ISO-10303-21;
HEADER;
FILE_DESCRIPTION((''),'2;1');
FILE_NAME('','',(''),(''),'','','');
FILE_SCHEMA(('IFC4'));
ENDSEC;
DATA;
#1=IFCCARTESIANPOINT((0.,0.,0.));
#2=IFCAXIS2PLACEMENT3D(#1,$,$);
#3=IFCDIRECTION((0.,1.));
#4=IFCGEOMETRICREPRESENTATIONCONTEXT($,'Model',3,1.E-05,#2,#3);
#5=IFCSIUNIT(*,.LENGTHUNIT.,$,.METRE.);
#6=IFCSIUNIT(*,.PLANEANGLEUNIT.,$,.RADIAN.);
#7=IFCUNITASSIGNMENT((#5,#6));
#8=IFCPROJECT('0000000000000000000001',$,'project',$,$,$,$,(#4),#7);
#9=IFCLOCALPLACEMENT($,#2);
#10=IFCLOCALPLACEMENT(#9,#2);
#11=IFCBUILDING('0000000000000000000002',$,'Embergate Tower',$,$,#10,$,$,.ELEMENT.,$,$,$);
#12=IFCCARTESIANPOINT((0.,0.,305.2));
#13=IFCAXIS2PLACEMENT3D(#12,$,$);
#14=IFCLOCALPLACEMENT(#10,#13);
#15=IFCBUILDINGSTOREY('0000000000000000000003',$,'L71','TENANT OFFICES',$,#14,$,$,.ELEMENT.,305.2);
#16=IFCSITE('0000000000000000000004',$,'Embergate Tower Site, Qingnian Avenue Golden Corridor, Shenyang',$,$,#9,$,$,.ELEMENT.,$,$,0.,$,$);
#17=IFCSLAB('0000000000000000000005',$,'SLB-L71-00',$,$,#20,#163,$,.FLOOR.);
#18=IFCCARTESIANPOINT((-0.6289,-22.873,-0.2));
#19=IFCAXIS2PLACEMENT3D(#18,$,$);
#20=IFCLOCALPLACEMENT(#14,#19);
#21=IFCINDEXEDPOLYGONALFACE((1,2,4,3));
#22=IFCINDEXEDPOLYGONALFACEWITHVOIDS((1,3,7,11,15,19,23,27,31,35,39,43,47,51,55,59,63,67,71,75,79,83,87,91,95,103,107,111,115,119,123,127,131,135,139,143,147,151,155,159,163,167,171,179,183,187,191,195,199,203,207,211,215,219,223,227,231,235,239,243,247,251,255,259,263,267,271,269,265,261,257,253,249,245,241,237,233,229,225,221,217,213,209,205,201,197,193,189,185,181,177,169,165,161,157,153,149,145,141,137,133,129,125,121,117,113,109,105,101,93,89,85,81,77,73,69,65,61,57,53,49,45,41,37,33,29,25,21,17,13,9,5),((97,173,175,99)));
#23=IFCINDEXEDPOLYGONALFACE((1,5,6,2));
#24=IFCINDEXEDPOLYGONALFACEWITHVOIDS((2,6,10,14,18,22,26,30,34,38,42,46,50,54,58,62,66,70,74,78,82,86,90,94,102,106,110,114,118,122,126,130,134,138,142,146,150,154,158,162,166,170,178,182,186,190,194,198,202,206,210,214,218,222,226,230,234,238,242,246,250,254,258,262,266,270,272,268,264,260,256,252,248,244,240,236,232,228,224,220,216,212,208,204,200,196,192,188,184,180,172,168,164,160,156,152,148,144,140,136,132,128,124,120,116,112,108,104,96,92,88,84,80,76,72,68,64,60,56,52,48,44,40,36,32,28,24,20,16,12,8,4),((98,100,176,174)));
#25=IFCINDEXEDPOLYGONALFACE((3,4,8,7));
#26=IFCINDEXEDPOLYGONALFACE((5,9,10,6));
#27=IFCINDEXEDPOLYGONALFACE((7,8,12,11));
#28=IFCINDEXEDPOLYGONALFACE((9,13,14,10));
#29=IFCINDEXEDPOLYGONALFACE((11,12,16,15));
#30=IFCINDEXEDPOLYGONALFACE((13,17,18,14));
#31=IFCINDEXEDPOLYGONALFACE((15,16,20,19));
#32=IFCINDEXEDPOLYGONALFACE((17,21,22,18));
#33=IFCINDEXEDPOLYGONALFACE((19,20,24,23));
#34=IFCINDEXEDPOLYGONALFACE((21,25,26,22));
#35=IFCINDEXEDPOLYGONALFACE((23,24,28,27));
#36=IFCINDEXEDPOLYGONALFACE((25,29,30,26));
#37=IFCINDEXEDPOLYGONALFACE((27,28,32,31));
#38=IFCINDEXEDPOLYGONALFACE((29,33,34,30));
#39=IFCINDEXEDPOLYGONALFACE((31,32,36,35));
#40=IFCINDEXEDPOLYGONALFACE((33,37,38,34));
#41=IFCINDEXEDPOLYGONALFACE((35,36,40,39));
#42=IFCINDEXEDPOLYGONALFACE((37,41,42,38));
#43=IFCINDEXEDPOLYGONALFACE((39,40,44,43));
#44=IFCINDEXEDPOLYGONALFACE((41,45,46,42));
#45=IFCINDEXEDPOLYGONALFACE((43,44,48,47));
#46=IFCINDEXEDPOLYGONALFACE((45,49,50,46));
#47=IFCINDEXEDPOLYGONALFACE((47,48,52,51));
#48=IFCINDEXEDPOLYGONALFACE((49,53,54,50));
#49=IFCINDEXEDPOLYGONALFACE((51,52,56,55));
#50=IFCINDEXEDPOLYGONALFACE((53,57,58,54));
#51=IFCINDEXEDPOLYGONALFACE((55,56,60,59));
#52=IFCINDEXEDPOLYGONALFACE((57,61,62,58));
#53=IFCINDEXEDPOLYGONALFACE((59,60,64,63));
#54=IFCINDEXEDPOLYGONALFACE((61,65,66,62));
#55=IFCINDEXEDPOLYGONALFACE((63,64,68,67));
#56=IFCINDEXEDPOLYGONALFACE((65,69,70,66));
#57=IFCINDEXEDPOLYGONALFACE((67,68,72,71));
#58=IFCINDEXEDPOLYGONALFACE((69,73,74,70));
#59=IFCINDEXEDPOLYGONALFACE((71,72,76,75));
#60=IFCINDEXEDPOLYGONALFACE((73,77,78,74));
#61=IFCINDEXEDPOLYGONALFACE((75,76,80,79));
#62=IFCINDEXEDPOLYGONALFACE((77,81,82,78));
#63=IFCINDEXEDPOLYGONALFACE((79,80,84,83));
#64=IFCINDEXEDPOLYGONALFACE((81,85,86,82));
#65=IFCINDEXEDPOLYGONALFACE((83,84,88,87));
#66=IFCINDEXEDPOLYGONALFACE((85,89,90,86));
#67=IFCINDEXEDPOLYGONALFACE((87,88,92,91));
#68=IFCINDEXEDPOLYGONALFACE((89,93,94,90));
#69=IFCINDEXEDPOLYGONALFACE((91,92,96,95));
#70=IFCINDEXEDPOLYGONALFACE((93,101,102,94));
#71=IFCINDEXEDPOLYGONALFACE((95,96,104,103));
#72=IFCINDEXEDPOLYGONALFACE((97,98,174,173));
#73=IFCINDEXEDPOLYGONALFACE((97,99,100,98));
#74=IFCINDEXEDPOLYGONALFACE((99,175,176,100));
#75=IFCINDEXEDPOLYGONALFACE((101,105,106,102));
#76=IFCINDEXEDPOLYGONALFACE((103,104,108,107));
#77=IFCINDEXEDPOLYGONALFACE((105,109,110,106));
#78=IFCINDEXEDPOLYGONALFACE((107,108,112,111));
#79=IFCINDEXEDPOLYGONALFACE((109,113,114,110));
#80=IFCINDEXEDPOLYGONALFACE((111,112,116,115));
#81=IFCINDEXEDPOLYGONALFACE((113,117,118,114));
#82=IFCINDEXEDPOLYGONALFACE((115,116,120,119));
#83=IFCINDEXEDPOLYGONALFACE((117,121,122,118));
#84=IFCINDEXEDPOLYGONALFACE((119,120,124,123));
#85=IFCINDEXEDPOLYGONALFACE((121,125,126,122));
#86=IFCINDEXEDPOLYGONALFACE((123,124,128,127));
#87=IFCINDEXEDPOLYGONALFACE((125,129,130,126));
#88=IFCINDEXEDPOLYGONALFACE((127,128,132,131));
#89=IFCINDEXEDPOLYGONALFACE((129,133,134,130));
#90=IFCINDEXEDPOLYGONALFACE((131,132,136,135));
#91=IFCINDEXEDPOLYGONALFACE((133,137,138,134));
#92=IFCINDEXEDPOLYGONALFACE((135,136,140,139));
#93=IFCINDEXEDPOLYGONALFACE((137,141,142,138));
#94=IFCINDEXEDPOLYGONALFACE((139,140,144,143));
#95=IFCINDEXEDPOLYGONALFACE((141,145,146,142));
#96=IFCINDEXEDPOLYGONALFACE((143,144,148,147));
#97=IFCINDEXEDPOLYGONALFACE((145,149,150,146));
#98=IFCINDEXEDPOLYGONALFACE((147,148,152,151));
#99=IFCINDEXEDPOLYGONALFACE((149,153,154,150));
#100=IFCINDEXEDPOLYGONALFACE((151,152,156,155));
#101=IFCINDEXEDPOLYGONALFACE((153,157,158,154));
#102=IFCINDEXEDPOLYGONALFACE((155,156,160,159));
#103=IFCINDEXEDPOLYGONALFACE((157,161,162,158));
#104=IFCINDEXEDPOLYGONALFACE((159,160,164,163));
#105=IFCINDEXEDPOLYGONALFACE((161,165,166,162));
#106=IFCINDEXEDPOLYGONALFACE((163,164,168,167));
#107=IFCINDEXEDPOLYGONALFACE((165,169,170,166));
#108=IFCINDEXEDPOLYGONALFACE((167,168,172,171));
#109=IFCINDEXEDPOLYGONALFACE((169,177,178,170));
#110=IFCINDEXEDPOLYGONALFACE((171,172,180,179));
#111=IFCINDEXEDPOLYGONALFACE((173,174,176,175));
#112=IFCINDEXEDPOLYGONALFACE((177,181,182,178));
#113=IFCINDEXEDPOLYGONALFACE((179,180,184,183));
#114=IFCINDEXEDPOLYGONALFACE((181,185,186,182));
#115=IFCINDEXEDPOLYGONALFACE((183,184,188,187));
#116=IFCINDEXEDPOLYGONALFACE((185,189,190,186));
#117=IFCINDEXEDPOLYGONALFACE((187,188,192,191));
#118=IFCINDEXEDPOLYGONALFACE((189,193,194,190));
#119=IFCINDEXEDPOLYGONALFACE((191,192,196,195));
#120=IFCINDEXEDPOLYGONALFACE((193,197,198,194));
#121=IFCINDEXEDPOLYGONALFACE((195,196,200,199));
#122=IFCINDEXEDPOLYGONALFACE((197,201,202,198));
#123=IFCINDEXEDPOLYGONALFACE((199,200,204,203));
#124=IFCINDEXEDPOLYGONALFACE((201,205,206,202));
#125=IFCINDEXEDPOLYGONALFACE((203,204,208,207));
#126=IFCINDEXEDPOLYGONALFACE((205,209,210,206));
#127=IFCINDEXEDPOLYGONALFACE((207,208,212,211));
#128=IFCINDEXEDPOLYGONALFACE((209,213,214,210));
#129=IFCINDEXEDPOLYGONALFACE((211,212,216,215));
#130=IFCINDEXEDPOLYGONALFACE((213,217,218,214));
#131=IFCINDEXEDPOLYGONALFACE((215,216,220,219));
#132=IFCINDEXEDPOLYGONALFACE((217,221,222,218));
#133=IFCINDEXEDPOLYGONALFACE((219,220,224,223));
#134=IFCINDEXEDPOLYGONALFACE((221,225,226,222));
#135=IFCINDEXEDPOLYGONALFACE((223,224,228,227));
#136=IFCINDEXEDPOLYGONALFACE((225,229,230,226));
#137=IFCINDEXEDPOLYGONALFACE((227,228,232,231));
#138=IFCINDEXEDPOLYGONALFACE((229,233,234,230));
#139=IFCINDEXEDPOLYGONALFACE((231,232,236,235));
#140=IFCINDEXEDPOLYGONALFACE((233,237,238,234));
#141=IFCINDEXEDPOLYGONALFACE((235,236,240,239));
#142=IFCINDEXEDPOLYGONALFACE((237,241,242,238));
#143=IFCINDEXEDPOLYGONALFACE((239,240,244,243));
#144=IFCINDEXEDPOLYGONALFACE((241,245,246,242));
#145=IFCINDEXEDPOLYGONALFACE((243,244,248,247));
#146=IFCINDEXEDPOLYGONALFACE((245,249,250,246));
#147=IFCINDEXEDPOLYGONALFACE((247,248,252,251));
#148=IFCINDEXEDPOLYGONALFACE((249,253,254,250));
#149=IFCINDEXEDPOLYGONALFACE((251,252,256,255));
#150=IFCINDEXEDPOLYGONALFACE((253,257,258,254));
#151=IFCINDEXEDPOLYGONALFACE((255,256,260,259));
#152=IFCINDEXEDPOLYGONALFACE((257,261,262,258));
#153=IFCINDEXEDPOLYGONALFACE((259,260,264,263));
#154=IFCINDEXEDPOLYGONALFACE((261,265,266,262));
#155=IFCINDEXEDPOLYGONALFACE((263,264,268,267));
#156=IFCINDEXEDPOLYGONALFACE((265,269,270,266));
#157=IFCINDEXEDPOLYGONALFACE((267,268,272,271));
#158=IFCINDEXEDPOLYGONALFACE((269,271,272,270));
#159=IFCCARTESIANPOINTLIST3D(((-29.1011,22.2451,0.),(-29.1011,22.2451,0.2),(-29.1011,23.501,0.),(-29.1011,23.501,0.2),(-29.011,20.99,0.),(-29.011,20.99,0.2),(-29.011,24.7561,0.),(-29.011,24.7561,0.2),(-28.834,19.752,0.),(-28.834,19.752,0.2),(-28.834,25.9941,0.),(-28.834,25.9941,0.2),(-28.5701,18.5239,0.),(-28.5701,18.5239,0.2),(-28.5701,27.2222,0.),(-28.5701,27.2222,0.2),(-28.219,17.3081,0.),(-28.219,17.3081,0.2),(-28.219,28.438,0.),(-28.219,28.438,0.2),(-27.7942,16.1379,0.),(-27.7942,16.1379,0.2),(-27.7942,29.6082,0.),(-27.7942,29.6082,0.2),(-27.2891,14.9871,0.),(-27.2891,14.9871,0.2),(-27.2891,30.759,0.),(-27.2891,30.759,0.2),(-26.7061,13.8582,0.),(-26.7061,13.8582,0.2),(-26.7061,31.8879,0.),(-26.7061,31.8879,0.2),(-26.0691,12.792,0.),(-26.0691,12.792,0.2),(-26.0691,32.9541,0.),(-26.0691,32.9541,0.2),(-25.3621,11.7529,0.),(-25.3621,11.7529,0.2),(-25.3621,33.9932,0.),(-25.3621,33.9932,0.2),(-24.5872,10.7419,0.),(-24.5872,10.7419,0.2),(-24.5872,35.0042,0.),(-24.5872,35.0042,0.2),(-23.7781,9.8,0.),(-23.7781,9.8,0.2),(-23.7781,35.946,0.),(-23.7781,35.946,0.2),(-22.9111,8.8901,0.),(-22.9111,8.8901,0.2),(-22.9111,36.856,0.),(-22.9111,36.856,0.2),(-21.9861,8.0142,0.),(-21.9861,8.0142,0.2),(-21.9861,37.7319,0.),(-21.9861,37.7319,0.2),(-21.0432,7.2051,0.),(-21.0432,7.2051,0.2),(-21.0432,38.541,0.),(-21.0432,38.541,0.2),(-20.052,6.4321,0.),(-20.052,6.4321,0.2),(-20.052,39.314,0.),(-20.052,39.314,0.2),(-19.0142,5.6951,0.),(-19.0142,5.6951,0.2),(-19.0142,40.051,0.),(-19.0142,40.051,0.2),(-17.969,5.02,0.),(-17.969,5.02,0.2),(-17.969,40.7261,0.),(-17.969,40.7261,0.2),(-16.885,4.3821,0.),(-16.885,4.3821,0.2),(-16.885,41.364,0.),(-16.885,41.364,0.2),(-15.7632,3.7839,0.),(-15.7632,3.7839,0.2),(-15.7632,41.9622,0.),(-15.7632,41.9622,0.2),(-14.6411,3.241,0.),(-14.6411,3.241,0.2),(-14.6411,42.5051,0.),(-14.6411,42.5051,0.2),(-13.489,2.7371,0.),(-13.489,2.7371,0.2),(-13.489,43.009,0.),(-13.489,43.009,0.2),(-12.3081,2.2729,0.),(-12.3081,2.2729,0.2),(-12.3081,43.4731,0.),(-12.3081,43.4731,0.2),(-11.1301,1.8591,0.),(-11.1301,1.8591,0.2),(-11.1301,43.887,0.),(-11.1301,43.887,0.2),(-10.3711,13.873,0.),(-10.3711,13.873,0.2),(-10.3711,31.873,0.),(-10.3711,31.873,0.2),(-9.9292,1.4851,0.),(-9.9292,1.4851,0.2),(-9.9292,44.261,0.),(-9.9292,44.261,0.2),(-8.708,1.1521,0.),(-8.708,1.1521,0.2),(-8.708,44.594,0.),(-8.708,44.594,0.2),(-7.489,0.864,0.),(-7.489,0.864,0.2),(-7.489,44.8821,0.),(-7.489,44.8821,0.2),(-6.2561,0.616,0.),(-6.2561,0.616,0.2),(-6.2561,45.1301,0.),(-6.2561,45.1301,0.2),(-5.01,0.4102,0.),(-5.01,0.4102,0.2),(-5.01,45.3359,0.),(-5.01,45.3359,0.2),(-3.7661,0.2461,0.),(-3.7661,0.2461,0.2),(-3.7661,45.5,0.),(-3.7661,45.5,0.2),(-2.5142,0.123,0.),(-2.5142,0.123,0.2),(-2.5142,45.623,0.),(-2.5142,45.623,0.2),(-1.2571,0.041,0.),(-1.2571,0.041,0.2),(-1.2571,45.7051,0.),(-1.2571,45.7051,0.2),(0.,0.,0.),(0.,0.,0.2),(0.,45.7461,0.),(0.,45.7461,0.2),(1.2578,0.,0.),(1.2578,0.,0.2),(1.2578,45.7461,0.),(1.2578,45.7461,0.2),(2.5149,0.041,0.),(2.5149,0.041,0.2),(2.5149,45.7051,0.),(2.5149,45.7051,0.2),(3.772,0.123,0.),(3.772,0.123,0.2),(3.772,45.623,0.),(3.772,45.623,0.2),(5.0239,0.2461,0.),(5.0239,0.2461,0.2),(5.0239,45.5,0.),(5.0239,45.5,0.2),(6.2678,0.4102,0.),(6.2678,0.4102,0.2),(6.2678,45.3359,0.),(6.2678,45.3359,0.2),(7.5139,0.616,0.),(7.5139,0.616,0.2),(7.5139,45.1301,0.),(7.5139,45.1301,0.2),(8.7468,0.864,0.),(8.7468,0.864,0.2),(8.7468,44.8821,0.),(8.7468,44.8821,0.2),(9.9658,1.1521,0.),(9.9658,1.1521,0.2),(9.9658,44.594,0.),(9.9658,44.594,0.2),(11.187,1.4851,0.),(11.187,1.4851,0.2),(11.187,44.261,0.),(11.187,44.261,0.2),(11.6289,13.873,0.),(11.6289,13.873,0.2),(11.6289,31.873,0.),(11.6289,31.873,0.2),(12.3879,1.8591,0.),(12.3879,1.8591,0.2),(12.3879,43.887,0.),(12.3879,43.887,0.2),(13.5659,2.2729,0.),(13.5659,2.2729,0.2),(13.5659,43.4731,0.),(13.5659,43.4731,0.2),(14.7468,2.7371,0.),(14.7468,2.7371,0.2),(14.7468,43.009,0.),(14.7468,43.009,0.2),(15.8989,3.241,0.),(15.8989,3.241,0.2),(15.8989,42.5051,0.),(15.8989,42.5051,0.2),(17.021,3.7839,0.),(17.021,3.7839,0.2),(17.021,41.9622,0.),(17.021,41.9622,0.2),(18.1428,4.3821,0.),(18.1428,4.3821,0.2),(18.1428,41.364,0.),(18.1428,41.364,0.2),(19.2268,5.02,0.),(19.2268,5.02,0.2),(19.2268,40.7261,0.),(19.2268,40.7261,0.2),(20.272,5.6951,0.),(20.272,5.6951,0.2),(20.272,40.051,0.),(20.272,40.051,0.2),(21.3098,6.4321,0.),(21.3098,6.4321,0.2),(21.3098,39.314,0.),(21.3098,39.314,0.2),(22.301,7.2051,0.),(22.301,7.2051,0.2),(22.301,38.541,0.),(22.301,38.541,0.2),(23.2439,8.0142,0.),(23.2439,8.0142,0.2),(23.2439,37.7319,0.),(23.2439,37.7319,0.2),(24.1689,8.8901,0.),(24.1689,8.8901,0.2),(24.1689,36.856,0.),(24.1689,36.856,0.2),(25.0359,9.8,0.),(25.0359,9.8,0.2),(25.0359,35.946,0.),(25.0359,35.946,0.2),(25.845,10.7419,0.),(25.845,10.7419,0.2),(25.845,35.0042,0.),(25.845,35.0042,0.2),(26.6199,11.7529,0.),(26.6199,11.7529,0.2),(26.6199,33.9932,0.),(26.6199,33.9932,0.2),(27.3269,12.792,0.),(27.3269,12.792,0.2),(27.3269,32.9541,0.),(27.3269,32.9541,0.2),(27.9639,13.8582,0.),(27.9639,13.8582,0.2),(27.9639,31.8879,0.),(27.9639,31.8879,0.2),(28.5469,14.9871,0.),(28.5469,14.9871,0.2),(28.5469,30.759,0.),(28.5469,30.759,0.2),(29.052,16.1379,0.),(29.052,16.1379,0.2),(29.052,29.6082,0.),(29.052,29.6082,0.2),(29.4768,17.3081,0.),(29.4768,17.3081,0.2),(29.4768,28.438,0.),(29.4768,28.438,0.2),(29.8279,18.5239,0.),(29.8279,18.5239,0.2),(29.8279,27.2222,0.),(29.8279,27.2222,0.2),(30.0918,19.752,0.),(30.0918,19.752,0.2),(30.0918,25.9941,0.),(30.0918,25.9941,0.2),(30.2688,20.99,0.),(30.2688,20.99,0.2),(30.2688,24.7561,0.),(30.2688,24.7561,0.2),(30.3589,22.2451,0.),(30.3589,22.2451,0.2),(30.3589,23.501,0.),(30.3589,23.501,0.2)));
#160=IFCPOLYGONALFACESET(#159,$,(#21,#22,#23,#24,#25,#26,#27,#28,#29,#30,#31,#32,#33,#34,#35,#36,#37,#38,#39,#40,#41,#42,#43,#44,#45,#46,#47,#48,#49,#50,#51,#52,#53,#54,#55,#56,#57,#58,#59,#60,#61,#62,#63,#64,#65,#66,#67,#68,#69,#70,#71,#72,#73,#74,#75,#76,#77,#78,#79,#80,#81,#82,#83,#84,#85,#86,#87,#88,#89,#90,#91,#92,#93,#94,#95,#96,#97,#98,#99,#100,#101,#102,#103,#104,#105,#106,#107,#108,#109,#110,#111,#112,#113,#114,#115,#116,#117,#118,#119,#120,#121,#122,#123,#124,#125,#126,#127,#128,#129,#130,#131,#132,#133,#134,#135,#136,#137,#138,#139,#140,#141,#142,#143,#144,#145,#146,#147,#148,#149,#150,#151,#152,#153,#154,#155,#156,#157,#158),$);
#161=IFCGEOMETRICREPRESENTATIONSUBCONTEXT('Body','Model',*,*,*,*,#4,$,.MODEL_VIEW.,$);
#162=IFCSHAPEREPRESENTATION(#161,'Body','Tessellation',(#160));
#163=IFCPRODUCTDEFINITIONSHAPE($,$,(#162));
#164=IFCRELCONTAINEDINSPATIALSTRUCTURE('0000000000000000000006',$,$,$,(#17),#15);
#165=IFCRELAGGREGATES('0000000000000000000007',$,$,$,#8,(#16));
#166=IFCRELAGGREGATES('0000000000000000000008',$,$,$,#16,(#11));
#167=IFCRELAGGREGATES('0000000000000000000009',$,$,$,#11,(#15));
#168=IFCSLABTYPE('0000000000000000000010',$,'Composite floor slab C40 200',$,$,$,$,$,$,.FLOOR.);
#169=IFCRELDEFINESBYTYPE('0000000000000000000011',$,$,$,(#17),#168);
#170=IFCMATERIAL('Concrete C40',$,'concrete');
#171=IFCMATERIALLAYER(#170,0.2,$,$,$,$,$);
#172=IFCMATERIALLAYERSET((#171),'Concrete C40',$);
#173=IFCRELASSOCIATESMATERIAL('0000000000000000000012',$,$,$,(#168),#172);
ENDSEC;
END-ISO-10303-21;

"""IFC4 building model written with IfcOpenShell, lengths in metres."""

from ifc_helpers import new_model, si_unit, direction, frame, origin, place, context, subcontext, project, spatial, polyline, outline, extrude, source, transform, mapped, material, layer, layer_set, type_object, element, save


model = new_model("IFC4")

# Units and contexts
model_context = context("Model", 3, precision=1e-05, world=origin(), true_north=direction((0.0, 1.0)))
body_context = subcontext(model_context, "Body", "Model", "MODEL_VIEW")
ifc_project = project(units=[si_unit("LENGTHUNIT", "METRE"), si_unit("PLANEANGLEUNIT", "RADIAN")], contexts=[model_context])

# Site, building, storey
site_placement = place(None, origin())
site = spatial("IfcSite", under=ifc_project, at=site_placement, Name="Embergate Tower Site, Qingnian Avenue Golden Corridor, Shenyang", CompositionType="ELEMENT", RefElevation=0.0)
building_placement = place(site_placement, origin())
building = spatial("IfcBuilding", under=site, at=building_placement, Name="Embergate Tower", CompositionType="ELEMENT")
storey_placement = place(building_placement, frame((0.0, 0.0, 305.2)))
storey = spatial("IfcBuildingStorey", under=building, at=storey_placement, Name="L71", Description="TENANT OFFICES", CompositionType="ELEMENT", Elevation=305.2)

# Slab
ifc_material_1 = material(Name="Concrete C40", Category="concrete")
ifc_layer_1 = layer(ifc_material_1, 0.2)
ifc_layer_set_1 = layer_set([ifc_layer_1], Name="Concrete C40")
slab_type = type_object("IfcSlabType", Name="Composite floor slab C40 200", PredefinedType="FLOOR", material=ifc_layer_set_1)
shared_shape_1 = source(origin(), body_context, "Body", "SweptSolid", [
    extrude(outline(polyline([(0.0, 0.0), (1.2578, 0.0), (2.5149, 0.041), (3.772, 0.123), (5.0239, 0.2461), (6.2678, 0.4102), (7.5139, 0.616), (8.7468, 0.864), (9.9658, 1.1521), (11.187, 1.4851), (12.3879, 1.8591), (13.5659, 2.2729), (14.7468, 2.7371), (15.8989, 3.241), (17.021, 3.7839), (18.1428, 4.3821), (19.2268, 5.02), (20.272, 5.6951), (21.3098, 6.4321), (22.301, 7.2051), (23.2439, 8.0142), (24.1689, 8.8901), (25.0359, 9.8), (25.845, 10.7419), (26.6199, 11.7529), (27.3269, 12.792), (27.9639, 13.8582), (28.5469, 14.9871), (29.052, 16.1379), (29.4768, 17.3081), (29.8279, 18.5239), (30.0918, 19.752), (30.2688, 20.99), (30.3589, 22.2451), (30.3589, 23.501), (30.2688, 24.7561), (30.0918, 25.9941), (29.8279, 27.2222), (29.4768, 28.438), (29.052, 29.6082), (28.5469, 30.759), (27.9639, 31.8879), (27.3269, 32.9541), (26.6199, 33.9932), (25.845, 35.0042), (25.0359, 35.946), (24.1689, 36.856), (23.2439, 37.7319), (22.301, 38.541), (21.3098, 39.314), (20.272, 40.051), (19.2268, 40.7261), (18.1428, 41.364), (17.021, 41.9622), (15.8989, 42.5051), (14.7468, 43.009), (13.5659, 43.4731), (12.3879, 43.887), (11.187, 44.261), (9.9658, 44.594), (8.7468, 44.8821), (7.5139, 45.1301), (6.2678, 45.3359), (5.0239, 45.5), (3.772, 45.623), (2.5149, 45.7051), (1.2578, 45.7461), (0.0, 45.7461), (-1.2571, 45.7051), (-2.5142, 45.623), (-3.7661, 45.5), (-5.01, 45.3359), (-6.2561, 45.1301), (-7.489, 44.8821), (-8.708, 44.594), (-9.9292, 44.261), (-11.1301, 43.887), (-12.3081, 43.4731), (-13.489, 43.009), (-14.6411, 42.5051), (-15.7632, 41.9622), (-16.885, 41.364), (-17.969, 40.7261), (-19.0142, 40.051), (-20.052, 39.314), (-21.0432, 38.541), (-21.9861, 37.7319), (-22.9111, 36.856), (-23.7781, 35.946), (-24.5872, 35.0042), (-25.3621, 33.9932), (-26.0691, 32.9541), (-26.7061, 31.8879), (-27.2891, 30.759), (-27.7942, 29.6082), (-28.219, 28.438), (-28.5701, 27.2222), (-28.834, 25.9941), (-29.011, 24.7561), (-29.1011, 23.501), (-29.1011, 22.2451), (-29.011, 20.99), (-28.834, 19.752), (-28.5701, 18.5239), (-28.219, 17.3081), (-27.7942, 16.1379), (-27.2891, 14.9871), (-26.7061, 13.8582), (-26.0691, 12.792), (-25.3621, 11.7529), (-24.5872, 10.7419), (-23.7781, 9.8), (-22.9111, 8.8901), (-21.9861, 8.0142), (-21.0432, 7.2051), (-20.052, 6.4321), (-19.0142, 5.6951), (-17.969, 5.02), (-16.885, 4.3821), (-15.7632, 3.7839), (-14.6411, 3.241), (-13.489, 2.7371), (-12.3081, 2.2729), (-11.1301, 1.8591), (-9.9292, 1.4851), (-8.708, 1.1521), (-7.489, 0.864), (-6.2561, 0.616), (-5.01, 0.4102), (-3.7661, 0.2461), (-2.5142, 0.123), (-1.2571, 0.041), (0.0, 0.0)]), holes=[polyline([(-10.3711, 13.873), (-10.3711, 31.873), (11.6289, 31.873), (11.6289, 13.873), (-10.3711, 13.873)])]), origin(), (0.0, 0.0, 1.0), 0.2),
])
slab_placement = place(storey_placement, frame((-0.6289, -22.873, -0.2)))
element("IfcSlab", 1, at=slab_placement, inside=storey, type_object=slab_type, Name="SLB-L71-00", PredefinedType="FLOOR", context=body_context, shape_type="MappedRepresentation", body=[
    mapped(shared_shape_1, transform((0.0, 0.0, 0.0))),
])

save(model, "model.ifc")
